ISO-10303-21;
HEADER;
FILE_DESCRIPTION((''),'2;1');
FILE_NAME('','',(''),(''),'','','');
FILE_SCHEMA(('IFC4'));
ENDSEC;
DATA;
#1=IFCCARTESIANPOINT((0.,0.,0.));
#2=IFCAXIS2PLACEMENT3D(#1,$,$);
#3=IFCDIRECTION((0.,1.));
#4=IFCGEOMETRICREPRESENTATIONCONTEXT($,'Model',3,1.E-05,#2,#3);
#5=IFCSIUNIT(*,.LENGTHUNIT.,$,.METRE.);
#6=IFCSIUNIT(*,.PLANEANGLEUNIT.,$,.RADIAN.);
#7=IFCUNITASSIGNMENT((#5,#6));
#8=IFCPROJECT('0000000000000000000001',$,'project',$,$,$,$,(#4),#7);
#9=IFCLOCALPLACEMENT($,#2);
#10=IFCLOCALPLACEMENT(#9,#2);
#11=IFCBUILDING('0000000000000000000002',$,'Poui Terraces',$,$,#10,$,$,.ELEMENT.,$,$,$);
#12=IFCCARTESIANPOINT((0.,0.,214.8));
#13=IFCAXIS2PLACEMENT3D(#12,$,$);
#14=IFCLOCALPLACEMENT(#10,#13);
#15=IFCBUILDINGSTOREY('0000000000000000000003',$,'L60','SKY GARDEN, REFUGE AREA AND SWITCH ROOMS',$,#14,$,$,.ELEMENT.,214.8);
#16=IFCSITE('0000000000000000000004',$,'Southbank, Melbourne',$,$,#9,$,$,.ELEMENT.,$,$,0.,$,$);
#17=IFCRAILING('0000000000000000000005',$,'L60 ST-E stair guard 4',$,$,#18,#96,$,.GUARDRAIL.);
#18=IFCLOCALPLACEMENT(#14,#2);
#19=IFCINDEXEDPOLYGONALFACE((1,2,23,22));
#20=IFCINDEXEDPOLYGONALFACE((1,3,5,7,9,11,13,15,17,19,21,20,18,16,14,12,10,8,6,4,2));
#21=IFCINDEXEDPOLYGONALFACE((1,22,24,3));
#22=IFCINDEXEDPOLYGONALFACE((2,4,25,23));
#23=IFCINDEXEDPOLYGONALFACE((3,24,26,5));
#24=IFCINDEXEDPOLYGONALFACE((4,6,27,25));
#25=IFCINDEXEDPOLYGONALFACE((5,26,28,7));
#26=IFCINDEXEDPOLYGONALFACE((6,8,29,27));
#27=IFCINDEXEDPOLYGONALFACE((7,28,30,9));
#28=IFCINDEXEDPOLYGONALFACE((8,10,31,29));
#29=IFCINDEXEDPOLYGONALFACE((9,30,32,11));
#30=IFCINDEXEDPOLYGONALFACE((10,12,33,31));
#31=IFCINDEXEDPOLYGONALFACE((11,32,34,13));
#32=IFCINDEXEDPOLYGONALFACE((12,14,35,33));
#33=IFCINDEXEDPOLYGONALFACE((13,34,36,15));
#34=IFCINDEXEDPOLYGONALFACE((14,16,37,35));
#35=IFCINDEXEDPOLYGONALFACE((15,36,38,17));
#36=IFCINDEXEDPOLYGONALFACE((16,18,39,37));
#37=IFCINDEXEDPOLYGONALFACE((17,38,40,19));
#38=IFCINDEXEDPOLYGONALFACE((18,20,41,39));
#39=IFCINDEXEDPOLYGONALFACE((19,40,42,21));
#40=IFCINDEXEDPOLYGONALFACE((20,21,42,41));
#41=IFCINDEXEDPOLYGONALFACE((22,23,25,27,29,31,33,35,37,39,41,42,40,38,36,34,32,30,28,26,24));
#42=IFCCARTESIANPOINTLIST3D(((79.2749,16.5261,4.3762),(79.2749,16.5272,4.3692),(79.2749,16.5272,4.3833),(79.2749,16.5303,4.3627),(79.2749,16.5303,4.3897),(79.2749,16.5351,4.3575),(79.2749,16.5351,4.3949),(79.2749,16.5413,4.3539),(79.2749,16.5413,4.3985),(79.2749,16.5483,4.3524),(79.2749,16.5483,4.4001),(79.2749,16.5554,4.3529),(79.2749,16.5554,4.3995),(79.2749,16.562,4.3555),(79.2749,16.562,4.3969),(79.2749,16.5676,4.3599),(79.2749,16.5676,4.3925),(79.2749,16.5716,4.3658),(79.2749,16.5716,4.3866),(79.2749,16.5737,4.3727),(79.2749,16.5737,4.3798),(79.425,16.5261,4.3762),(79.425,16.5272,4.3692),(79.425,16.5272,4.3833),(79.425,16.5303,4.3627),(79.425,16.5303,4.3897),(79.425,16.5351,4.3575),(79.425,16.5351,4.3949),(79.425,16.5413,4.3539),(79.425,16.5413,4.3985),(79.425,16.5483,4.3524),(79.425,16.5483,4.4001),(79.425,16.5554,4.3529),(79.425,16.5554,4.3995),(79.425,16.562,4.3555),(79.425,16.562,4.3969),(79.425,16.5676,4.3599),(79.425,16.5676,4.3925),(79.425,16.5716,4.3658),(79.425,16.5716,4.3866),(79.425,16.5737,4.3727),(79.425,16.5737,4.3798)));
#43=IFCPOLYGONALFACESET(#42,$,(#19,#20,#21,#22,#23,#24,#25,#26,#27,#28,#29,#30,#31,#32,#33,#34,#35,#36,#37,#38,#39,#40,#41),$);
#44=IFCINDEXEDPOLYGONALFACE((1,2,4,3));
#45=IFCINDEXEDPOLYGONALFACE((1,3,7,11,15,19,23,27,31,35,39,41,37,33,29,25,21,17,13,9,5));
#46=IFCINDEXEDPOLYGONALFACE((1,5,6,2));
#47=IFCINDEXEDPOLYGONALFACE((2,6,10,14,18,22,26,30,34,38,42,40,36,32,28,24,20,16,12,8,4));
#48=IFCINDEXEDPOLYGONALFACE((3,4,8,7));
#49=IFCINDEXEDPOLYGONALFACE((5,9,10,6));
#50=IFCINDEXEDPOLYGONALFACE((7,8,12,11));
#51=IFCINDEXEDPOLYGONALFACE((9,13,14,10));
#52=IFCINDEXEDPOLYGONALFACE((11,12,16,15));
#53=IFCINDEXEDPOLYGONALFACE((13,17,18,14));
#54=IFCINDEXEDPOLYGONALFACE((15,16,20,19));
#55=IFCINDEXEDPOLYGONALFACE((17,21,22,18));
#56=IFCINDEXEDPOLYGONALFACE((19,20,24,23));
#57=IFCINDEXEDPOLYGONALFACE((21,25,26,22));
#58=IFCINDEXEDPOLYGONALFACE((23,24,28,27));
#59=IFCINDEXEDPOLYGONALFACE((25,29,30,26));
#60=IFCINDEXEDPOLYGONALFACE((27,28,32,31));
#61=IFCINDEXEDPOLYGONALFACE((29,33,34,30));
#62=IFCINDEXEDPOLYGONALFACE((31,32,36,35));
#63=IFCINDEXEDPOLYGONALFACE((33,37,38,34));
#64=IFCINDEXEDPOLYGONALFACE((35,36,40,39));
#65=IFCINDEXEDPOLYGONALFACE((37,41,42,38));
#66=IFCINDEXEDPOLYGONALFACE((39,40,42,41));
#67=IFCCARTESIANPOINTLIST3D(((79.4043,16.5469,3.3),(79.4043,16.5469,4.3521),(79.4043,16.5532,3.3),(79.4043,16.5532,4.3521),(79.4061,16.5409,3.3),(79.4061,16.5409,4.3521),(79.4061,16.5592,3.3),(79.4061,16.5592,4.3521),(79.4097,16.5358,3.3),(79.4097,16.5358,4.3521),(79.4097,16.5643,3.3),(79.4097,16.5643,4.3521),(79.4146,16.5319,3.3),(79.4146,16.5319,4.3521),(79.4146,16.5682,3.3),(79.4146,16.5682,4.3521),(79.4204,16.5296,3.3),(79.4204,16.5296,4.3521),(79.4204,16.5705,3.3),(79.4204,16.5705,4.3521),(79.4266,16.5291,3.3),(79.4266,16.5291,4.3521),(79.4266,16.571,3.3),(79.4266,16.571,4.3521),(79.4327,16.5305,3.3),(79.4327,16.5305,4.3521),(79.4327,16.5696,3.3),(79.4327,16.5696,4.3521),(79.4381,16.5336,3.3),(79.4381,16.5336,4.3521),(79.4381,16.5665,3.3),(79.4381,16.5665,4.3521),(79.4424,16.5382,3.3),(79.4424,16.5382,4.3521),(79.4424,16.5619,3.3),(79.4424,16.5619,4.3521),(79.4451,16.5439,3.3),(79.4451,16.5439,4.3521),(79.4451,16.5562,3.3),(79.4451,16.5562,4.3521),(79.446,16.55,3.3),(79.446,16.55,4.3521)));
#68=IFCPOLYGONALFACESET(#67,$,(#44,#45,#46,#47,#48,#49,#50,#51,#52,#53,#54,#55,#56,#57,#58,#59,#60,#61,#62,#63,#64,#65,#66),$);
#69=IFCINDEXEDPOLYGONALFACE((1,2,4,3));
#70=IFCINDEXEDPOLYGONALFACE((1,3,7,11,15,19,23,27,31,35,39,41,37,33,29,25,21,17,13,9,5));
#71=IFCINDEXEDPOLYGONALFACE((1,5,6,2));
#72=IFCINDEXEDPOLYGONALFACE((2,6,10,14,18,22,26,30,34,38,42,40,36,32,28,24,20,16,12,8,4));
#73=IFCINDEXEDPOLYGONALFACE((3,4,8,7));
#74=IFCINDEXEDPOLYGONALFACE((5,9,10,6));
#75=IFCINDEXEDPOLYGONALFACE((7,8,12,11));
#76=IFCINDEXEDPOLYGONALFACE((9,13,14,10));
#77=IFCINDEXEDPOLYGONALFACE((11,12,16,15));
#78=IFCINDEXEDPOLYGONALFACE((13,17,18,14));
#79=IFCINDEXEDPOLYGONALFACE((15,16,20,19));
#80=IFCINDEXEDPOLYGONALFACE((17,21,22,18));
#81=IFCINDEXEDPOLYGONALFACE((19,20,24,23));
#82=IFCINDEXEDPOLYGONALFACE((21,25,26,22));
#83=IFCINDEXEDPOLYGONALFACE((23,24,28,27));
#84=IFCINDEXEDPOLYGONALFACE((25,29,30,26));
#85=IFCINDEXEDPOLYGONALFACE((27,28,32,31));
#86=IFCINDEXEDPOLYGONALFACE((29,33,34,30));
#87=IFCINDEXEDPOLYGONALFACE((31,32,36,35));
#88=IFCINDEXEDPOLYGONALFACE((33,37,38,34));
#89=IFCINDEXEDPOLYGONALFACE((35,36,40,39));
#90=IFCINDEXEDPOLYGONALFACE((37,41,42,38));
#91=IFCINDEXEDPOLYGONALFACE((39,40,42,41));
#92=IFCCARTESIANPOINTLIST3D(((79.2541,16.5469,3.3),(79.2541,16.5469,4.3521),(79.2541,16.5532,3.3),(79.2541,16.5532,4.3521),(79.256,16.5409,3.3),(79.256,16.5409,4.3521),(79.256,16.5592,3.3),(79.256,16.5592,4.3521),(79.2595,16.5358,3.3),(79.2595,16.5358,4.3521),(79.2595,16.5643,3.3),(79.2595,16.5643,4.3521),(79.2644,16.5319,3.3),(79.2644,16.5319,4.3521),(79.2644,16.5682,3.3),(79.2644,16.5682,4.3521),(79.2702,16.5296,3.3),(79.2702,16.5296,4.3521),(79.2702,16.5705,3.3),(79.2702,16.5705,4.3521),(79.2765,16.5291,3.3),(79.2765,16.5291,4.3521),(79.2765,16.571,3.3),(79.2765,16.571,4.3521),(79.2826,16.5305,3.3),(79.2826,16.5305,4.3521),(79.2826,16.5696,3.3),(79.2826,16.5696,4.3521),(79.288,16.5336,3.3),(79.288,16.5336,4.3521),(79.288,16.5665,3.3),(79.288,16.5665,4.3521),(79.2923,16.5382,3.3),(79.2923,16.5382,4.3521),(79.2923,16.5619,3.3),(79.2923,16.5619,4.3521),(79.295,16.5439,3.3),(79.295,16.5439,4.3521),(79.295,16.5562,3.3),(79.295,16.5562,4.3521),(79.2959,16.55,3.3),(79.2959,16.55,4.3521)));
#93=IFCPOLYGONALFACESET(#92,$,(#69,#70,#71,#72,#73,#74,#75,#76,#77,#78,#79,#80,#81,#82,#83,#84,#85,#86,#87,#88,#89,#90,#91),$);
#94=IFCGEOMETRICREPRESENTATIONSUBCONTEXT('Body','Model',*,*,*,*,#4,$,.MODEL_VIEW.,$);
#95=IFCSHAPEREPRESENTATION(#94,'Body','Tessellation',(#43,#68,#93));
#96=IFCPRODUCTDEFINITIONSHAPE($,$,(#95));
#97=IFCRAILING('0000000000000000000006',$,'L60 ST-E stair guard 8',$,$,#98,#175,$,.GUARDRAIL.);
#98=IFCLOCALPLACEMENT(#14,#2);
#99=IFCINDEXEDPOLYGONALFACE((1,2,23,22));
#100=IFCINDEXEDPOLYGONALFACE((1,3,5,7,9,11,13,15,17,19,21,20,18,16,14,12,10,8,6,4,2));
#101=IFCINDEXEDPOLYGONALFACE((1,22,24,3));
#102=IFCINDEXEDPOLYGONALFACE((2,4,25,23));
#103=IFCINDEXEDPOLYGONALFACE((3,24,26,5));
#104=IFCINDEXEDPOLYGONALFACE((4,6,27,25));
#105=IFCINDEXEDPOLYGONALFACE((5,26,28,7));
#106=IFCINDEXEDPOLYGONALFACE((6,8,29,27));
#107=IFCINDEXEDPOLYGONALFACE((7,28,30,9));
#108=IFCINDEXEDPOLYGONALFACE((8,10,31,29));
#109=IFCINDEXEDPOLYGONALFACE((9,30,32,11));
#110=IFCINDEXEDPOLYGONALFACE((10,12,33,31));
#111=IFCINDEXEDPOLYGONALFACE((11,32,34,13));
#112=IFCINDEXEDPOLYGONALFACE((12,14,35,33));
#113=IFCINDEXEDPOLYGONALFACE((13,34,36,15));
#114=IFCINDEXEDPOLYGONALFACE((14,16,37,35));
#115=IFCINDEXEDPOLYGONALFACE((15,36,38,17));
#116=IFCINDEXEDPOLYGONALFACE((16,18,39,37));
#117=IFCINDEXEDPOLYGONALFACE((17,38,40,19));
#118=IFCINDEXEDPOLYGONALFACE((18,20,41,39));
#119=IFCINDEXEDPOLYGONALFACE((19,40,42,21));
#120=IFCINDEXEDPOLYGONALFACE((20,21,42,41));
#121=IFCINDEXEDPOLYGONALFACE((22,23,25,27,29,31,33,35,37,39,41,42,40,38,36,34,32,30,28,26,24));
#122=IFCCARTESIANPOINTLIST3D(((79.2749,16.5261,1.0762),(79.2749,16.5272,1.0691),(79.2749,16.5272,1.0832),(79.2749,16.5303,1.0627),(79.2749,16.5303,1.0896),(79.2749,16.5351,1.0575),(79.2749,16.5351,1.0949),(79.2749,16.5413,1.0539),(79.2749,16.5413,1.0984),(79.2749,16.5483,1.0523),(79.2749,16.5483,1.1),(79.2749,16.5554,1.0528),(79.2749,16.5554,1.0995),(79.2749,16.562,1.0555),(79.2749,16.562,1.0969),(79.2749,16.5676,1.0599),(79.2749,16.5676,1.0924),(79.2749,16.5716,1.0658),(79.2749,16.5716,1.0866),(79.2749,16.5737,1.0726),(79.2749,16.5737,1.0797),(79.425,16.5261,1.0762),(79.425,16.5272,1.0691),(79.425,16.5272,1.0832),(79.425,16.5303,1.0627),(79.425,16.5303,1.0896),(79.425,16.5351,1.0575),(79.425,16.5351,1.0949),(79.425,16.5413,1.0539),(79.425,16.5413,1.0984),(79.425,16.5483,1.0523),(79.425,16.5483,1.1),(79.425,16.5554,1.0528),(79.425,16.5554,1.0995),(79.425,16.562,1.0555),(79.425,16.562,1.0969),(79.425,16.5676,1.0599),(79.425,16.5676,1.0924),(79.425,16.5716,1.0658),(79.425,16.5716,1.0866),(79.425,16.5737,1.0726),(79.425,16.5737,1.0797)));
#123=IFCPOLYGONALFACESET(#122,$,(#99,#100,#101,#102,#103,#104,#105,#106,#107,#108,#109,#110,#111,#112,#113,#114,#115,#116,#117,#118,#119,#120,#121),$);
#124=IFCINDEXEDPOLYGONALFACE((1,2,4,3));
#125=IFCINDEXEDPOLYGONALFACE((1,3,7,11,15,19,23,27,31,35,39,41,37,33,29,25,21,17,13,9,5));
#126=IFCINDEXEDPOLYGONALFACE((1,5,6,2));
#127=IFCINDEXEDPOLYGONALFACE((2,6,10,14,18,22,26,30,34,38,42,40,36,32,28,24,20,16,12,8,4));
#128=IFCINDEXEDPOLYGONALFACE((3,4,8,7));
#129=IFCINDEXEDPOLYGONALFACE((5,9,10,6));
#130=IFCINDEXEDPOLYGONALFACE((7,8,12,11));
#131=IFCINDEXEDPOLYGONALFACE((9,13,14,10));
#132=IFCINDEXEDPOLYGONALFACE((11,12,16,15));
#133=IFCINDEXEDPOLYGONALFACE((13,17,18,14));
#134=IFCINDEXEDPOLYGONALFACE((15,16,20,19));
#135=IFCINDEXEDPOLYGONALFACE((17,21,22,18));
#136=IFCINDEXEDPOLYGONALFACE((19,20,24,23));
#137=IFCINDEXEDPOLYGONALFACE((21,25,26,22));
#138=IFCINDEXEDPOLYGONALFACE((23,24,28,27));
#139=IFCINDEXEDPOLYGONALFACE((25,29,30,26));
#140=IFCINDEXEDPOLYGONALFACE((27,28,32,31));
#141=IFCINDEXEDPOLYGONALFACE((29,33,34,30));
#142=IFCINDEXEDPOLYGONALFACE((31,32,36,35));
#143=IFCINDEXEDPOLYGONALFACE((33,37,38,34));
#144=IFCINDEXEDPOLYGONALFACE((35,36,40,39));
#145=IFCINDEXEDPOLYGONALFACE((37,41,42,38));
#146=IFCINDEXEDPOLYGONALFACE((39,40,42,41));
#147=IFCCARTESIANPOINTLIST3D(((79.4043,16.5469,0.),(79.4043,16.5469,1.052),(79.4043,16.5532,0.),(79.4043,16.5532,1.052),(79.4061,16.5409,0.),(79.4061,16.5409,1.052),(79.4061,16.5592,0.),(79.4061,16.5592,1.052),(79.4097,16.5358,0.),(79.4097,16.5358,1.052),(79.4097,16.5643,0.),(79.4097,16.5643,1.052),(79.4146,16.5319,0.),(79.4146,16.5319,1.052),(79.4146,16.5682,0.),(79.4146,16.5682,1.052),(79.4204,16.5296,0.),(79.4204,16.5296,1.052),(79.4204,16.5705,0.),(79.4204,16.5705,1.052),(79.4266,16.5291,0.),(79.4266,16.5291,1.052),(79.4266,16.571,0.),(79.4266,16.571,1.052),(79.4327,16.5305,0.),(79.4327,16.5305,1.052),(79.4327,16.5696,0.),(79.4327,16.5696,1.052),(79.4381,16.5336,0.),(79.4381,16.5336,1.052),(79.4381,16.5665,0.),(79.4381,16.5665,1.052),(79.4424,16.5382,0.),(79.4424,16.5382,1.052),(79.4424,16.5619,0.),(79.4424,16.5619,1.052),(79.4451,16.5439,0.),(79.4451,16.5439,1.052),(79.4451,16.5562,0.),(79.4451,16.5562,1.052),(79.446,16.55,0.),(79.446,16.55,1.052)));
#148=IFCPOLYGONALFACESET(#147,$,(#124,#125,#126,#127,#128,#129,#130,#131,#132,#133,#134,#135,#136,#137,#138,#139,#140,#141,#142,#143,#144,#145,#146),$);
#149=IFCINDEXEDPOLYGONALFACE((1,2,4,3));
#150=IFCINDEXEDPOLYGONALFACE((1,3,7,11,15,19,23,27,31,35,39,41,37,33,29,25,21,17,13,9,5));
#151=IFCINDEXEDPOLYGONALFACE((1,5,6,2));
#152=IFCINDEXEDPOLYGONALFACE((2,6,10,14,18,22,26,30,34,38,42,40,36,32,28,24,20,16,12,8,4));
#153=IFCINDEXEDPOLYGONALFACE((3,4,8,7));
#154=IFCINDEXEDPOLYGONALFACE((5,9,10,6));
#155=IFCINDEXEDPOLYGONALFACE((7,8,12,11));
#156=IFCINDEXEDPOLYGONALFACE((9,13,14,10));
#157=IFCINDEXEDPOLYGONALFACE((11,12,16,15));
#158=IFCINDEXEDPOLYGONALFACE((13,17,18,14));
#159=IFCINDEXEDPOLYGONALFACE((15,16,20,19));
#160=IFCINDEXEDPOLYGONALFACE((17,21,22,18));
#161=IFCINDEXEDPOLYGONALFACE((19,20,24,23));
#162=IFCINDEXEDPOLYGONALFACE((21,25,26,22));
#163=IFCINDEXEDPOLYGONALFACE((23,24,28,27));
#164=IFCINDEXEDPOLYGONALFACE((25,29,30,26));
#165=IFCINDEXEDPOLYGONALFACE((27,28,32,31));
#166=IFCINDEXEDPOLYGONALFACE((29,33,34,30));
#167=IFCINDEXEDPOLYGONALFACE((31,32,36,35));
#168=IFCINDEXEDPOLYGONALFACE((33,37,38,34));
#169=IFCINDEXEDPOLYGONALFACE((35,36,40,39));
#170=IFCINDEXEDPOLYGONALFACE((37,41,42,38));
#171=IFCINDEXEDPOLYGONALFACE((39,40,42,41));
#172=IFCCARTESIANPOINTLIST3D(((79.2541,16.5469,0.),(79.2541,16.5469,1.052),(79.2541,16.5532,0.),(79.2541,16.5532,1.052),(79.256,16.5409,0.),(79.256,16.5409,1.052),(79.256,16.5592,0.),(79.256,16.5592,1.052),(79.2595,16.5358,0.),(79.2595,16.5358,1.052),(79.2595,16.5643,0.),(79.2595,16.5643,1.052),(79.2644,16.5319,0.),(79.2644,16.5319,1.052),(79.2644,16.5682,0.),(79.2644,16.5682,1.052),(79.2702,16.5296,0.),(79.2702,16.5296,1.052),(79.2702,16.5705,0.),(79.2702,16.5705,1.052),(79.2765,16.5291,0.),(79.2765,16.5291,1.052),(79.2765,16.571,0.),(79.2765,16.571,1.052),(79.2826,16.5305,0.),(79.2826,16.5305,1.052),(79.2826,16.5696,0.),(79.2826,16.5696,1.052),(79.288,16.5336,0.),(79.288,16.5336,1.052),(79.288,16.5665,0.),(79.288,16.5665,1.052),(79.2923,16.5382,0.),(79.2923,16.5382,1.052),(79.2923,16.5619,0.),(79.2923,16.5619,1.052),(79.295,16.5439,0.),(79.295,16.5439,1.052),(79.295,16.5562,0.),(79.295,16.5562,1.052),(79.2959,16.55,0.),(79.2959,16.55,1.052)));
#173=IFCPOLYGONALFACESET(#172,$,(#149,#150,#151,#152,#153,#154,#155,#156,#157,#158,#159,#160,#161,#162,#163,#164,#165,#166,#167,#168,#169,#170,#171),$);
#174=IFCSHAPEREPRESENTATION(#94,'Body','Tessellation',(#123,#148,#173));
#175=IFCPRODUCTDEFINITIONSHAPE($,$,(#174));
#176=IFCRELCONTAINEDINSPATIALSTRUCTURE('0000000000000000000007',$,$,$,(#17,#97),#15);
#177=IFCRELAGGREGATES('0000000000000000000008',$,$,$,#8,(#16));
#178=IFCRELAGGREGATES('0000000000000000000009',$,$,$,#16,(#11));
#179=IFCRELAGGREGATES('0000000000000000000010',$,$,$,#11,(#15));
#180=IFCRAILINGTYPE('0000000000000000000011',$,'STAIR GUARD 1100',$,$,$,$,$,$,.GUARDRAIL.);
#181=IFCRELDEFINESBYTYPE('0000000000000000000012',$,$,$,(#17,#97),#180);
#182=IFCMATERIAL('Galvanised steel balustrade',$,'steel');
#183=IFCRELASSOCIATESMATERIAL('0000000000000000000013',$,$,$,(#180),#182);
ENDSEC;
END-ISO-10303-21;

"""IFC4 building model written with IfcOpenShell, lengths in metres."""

from ifc_helpers import new_model, si_unit, direction, frame, origin, origin_2d, place, context, subcontext, project, spatial, circle, extrude, material, type_object, element, save


model = new_model("IFC4")

# Units and contexts
model_context = context("Model", 3, precision=1e-05, world=origin(), true_north=direction((0.0, 1.0)))
body_context = subcontext(model_context, "Body", "Model", "MODEL_VIEW")
ifc_project = project(units=[si_unit("LENGTHUNIT", "METRE"), si_unit("PLANEANGLEUNIT", "RADIAN")], contexts=[model_context])

# Site, building, storey
site_placement = place(None, origin())
site = spatial("IfcSite", under=ifc_project, at=site_placement, Name="Southbank, Melbourne", CompositionType="ELEMENT", RefElevation=0.0)
building_placement = place(site_placement, origin())
building = spatial("IfcBuilding", under=site, at=building_placement, Name="Poui Terraces", CompositionType="ELEMENT")
storey_placement = place(building_placement, frame((0.0, 0.0, 214.8)))
storey = spatial("IfcBuildingStorey", under=building, at=storey_placement, Name="L60", Description="SKY GARDEN, REFUGE AREA AND SWITCH ROOMS", CompositionType="ELEMENT", Elevation=214.8)

# Railings
ifc_material_1 = material(Name="Galvanised steel balustrade", Category="steel")
railing_type = type_object("IfcRailingType", Name="STAIR GUARD 1100", PredefinedType="GUARDRAIL", material=ifc_material_1)
for number, where, name in (
    (1, (79.425, 16.55, 3.3), "L60 ST-E stair guard 4"),
    (2, (79.425, 16.55, 0.0), "L60 ST-E stair guard 8"),
):
    element("IfcRailing", number, at=place(storey_placement, frame(where)), inside=storey, type_object=railing_type, Name=name, PredefinedType="GUARDRAIL", context=body_context, shape_type="SweptSolid", body=[
        extrude(circle(Radius=0.0239, at=origin_2d()), frame((0.0, 0.0, 1.0762), z_axis=(-1.0, 0.0, 0.0), x_axis=(0.0, -1.0, 0.0)), (0.0, 0.0, 1.0), 0.1501),
        extrude(circle(Radius=0.021, at=origin_2d()), origin(), (0.0, 0.0, 1.0), 1.052),
        extrude(circle(Radius=0.021, at=origin_2d()), frame((-0.1501, 0.0, 0.0)), (0.0, 0.0, 1.0), 1.052),
    ])

save(model, "model.ifc")
